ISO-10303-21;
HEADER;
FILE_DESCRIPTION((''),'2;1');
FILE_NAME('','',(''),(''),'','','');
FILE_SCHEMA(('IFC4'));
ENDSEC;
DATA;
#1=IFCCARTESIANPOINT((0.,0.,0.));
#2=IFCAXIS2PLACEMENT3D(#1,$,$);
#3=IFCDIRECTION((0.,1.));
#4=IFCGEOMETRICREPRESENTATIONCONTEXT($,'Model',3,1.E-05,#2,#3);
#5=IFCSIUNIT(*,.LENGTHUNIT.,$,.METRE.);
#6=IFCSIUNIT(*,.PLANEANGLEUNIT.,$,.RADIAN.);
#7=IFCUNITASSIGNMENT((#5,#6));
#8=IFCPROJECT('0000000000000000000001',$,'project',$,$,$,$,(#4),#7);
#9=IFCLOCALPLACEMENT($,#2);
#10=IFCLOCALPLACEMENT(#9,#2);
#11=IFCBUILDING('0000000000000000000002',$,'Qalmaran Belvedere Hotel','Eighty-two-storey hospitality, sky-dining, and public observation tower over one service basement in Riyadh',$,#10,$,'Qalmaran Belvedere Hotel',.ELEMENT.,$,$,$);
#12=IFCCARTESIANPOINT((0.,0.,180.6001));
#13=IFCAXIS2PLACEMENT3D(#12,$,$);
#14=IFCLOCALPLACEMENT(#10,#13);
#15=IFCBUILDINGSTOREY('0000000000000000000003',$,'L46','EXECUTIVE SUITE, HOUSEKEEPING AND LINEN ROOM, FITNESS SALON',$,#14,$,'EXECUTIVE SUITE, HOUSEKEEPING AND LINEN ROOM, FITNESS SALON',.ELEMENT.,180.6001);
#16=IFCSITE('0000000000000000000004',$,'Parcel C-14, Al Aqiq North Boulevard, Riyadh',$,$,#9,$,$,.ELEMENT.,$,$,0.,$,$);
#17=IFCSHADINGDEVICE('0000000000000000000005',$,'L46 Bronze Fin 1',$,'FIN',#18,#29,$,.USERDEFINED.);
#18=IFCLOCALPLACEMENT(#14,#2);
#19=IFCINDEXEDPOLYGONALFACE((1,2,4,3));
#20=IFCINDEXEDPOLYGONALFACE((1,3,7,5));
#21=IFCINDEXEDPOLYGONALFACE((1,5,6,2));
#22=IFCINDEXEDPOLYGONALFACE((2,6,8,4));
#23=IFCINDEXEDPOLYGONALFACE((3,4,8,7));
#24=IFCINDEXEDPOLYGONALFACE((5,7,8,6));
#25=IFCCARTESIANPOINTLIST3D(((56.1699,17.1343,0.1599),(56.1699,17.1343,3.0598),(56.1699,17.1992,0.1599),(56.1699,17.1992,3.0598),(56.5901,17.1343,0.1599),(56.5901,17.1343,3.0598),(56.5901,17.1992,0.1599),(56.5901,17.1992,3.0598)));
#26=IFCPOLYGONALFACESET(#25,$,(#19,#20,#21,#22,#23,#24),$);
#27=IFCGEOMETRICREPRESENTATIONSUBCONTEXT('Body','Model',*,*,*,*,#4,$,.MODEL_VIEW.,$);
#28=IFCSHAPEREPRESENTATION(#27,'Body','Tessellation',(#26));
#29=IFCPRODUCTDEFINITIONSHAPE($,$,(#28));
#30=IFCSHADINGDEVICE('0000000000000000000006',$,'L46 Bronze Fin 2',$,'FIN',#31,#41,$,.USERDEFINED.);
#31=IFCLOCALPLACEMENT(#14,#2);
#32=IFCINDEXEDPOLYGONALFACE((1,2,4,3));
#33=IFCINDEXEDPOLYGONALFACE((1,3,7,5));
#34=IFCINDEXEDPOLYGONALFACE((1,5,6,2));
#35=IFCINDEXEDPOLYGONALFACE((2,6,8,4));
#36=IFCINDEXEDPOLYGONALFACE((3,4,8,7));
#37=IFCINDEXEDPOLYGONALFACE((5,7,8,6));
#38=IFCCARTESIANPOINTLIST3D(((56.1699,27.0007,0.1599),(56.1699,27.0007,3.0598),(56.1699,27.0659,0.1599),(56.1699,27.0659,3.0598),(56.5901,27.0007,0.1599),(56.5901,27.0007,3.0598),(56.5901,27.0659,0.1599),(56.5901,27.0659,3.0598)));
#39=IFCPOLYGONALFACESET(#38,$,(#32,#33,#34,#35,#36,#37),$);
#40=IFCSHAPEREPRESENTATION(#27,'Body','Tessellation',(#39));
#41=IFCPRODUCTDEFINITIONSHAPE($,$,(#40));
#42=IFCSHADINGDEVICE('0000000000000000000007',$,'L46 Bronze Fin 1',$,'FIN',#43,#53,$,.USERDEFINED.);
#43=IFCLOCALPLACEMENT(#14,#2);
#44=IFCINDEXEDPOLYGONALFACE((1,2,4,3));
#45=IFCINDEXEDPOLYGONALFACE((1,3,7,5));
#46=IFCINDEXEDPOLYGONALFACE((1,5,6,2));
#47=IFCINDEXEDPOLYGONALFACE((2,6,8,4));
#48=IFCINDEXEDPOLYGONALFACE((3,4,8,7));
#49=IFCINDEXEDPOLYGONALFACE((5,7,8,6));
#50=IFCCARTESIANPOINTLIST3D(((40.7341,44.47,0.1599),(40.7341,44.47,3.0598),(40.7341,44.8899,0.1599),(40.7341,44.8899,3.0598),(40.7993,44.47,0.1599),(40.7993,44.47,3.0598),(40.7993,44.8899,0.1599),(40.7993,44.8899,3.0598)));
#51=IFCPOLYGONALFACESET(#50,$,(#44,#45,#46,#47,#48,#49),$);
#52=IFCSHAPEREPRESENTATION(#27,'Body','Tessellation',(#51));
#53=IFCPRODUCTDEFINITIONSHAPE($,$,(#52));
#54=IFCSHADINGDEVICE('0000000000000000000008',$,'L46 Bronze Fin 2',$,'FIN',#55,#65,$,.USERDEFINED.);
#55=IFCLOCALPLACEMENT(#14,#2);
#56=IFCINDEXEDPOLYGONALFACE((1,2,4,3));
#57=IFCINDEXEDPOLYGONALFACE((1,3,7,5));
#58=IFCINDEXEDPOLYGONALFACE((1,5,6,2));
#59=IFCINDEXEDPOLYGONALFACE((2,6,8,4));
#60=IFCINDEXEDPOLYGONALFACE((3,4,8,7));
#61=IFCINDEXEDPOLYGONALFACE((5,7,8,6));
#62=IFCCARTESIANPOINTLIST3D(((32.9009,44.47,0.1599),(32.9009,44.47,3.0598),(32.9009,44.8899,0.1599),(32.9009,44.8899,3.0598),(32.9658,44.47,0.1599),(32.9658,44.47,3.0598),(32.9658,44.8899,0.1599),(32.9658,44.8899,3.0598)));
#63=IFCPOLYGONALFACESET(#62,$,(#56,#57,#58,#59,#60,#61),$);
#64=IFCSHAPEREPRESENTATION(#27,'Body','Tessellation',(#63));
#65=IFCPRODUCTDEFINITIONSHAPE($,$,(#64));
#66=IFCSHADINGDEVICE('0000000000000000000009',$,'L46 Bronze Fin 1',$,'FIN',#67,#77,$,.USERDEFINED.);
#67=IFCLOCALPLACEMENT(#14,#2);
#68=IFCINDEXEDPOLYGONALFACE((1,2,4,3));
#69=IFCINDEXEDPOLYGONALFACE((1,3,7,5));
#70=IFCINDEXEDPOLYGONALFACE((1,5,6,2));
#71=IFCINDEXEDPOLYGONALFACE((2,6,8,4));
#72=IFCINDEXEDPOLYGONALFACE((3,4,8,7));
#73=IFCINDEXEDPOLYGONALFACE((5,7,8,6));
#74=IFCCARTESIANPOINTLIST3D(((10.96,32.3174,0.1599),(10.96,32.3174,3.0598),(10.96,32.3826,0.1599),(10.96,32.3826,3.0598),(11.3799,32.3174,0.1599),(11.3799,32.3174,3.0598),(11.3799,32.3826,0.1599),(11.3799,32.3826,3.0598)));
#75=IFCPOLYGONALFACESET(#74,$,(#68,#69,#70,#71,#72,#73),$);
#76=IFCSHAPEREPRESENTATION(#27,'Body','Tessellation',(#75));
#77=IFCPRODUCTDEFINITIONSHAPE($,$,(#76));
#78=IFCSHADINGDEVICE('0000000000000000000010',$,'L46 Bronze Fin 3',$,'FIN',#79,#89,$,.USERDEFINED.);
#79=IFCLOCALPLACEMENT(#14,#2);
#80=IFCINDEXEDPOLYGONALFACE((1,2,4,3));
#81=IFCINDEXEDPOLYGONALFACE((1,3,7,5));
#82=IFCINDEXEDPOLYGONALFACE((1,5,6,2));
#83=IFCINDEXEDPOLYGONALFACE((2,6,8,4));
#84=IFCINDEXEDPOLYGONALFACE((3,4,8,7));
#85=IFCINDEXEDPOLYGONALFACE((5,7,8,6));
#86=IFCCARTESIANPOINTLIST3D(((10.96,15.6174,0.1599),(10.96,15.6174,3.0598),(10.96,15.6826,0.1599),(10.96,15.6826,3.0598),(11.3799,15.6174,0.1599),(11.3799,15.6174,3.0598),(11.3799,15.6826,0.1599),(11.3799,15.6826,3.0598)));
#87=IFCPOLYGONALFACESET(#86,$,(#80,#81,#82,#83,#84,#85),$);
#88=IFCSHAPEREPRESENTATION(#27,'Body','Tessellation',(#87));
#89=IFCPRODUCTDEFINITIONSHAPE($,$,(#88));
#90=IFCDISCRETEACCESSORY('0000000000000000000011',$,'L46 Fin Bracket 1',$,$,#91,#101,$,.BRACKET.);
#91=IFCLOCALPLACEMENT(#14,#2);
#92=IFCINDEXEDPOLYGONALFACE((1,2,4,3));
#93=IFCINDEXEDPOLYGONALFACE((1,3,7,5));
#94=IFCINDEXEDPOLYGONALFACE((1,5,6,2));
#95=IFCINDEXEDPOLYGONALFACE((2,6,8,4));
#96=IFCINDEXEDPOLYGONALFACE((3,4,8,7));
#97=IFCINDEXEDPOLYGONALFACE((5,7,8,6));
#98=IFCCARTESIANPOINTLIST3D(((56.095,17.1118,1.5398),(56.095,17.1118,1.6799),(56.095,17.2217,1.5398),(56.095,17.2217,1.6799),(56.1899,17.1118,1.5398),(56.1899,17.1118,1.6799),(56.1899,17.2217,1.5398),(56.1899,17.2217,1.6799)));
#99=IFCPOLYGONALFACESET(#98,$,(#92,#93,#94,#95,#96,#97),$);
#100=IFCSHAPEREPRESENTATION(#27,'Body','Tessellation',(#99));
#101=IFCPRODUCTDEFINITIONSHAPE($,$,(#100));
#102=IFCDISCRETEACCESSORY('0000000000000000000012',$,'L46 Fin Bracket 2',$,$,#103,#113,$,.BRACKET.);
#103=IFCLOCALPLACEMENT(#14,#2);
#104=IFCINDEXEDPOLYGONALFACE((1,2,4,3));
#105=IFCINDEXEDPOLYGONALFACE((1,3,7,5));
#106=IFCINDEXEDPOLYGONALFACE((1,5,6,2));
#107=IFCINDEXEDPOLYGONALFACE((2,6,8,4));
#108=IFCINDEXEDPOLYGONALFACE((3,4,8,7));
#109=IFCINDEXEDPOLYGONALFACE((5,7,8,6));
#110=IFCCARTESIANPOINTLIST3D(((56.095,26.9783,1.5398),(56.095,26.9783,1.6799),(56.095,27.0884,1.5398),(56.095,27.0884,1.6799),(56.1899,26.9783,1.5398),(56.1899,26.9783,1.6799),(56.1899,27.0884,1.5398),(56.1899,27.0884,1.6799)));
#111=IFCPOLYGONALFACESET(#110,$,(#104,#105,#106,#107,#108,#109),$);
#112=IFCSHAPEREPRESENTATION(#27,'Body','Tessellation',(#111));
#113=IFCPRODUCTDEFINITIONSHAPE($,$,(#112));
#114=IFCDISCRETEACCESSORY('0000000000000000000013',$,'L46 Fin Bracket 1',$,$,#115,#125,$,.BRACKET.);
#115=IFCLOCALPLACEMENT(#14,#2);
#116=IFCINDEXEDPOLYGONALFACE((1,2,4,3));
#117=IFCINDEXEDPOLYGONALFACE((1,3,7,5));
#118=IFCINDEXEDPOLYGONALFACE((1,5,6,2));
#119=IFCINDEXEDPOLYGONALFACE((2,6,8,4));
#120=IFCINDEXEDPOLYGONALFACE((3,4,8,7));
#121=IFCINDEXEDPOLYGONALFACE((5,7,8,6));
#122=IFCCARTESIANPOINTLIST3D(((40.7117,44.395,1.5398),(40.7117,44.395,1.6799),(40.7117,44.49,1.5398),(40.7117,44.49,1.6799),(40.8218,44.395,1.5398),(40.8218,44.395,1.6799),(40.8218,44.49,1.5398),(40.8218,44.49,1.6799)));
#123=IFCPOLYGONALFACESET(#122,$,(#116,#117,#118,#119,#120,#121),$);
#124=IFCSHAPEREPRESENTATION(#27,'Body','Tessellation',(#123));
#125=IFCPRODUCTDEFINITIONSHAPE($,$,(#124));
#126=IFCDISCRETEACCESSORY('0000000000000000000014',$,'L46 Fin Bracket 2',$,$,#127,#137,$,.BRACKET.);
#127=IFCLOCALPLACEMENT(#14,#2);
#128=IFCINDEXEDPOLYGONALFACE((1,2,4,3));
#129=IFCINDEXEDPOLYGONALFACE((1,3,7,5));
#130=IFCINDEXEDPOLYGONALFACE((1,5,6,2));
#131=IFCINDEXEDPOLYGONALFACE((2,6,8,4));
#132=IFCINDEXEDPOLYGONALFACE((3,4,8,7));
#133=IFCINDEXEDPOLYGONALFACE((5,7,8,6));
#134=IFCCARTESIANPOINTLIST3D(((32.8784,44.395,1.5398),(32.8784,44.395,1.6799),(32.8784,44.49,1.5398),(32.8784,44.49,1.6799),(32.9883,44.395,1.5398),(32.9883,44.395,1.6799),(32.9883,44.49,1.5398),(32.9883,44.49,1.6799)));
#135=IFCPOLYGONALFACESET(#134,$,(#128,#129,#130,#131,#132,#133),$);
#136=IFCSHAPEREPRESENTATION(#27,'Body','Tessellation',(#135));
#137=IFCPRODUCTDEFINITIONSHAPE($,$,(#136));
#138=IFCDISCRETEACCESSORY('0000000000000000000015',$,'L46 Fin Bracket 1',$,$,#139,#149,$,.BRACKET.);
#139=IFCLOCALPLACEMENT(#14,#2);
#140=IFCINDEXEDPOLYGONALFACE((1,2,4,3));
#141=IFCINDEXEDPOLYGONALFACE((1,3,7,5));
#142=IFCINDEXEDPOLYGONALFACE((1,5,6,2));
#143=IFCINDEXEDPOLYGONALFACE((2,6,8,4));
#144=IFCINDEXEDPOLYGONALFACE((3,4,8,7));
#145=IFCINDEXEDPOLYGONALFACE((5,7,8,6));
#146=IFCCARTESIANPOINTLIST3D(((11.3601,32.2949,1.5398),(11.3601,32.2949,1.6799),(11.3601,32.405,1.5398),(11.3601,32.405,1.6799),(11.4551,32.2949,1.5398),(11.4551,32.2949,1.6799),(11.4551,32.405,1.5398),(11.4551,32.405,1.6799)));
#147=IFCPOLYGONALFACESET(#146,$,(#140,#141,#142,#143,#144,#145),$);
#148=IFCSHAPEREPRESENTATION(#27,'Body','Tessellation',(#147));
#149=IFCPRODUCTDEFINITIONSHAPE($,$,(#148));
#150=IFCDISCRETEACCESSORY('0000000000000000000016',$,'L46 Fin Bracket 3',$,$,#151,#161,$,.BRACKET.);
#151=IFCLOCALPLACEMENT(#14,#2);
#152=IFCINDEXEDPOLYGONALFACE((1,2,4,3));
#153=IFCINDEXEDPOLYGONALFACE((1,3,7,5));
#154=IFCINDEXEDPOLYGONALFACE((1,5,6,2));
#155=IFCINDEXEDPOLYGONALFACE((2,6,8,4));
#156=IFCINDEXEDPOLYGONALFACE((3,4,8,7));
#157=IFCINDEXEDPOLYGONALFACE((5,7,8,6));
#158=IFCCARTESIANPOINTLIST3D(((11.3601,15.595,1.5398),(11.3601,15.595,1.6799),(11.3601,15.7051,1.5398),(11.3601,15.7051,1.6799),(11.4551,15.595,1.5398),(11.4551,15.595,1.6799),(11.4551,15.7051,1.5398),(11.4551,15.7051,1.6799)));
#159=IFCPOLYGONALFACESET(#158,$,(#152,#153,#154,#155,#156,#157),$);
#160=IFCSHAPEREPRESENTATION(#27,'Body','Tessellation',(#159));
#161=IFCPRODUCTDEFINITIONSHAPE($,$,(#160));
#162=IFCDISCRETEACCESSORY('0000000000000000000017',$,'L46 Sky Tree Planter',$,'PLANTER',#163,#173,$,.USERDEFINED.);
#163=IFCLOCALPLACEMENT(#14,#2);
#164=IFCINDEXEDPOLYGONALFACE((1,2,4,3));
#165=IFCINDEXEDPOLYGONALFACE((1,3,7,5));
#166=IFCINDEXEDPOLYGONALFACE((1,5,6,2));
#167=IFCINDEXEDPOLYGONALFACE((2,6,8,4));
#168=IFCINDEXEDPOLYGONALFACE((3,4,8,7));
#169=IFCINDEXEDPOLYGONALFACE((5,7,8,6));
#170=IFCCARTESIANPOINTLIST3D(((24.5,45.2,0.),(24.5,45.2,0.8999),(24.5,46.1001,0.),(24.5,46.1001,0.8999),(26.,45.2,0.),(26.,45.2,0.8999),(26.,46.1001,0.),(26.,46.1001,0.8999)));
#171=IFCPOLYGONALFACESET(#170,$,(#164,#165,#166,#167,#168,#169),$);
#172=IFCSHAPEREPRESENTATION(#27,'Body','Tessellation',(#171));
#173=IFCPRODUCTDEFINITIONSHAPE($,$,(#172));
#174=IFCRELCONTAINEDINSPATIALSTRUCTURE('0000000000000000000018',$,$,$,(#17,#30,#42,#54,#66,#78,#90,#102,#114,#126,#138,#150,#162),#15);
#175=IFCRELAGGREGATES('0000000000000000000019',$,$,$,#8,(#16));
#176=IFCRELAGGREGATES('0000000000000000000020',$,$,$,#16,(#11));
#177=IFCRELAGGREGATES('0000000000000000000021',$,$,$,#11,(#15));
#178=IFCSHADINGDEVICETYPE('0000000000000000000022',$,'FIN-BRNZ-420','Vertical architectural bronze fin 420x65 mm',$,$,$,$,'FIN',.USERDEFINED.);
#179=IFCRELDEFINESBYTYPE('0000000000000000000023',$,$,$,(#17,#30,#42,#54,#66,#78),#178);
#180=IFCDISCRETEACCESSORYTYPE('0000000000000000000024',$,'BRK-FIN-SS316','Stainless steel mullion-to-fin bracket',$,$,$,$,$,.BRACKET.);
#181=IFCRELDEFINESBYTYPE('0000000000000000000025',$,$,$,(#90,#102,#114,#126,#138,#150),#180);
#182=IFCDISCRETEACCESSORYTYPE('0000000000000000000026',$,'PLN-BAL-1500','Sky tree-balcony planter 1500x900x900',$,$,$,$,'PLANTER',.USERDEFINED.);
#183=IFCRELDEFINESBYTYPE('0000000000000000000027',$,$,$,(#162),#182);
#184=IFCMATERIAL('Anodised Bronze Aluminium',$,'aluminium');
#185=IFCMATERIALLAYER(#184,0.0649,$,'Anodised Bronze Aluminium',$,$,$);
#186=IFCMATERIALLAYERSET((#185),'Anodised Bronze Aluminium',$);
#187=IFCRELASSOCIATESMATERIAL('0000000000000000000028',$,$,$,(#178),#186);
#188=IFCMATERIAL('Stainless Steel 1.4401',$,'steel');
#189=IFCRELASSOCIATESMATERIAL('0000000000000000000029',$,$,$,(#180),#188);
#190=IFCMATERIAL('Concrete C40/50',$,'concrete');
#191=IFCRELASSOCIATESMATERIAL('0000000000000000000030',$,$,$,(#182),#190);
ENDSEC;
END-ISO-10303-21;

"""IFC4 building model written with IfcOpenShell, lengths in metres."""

from ifc_helpers import new_model, si_unit, direction, frame, origin, place, context, subcontext, project, spatial, polyline, outline, extrude, material, layer, layer_set, type_object, element, save


model = new_model("IFC4")

# Units and contexts
model_context = context("Model", 3, precision=1e-05, world=origin(), true_north=direction((0.0, 1.0)))
body_context = subcontext(model_context, "Body", "Model", "MODEL_VIEW")
ifc_project = project(units=[si_unit("LENGTHUNIT", "METRE"), si_unit("PLANEANGLEUNIT", "RADIAN")], contexts=[model_context])

# Site, building, storey
site_placement = place(None, origin())
site = spatial("IfcSite", under=ifc_project, at=site_placement, Name="Parcel C-14, Al Aqiq North Boulevard, Riyadh", CompositionType="ELEMENT", RefElevation=0.0)
building_placement = place(site_placement, origin())
building = spatial("IfcBuilding", under=site, at=building_placement, Name="Qalmaran Belvedere Hotel", Description="Eighty-two-storey hospitality, sky-dining, and public observation tower over one service basement in Riyadh", LongName="Qalmaran Belvedere Hotel", CompositionType="ELEMENT")
storey_placement = place(building_placement, frame((0.0, 0.0, 180.6001)))
storey = spatial("IfcBuildingStorey", under=building, at=storey_placement, Name="L46", Description="EXECUTIVE SUITE, HOUSEKEEPING AND LINEN ROOM, FITNESS SALON", LongName="EXECUTIVE SUITE, HOUSEKEEPING AND LINEN ROOM, FITNESS SALON", CompositionType="ELEMENT", Elevation=180.6001)

# Shared definitions
ifc_material_1 = material(Name="Anodised Bronze Aluminium", Category="aluminium")

# Shared definitions
ifc_material_2 = material(Name="Concrete C40/50", Category="concrete")

# Shading devices
ifc_layer_1 = layer(ifc_material_1, 0.0649, Name="Anodised Bronze Aluminium")
ifc_layer_set_1 = layer_set([ifc_layer_1], Name="Anodised Bronze Aluminium")
shading_device_type = type_object("IfcShadingDeviceType", Name="FIN-BRNZ-420", Description="Vertical architectural bronze fin 420x65 mm", ElementType="FIN", PredefinedType="USERDEFINED", material=ifc_layer_set_1)
shading_device_1_placement = place(storey_placement, frame((0.0, 0.0, 0.1599)))
element("IfcShadingDevice", 1, at=shading_device_1_placement, inside=storey, type_object=shading_device_type, Name="L46 Bronze Fin 1", ObjectType="FIN", PredefinedType="USERDEFINED", context=body_context, shape_type="SweptSolid", body=[
    extrude(outline(polyline([(56.1699, 17.1343), (56.5901, 17.1343), (56.5901, 17.1992), (56.1699, 17.1992), (56.1699, 17.1343)])), origin(), (0.0, 0.0, 1.0), 2.8999),
])
shading_device_2_placement = place(storey_placement, frame((0.0, 0.0, 0.1599)))
element("IfcShadingDevice", 2, at=shading_device_2_placement, inside=storey, type_object=shading_device_type, Name="L46 Bronze Fin 2", ObjectType="FIN", PredefinedType="USERDEFINED", context=body_context, shape_type="SweptSolid", body=[
    extrude(outline(polyline([(56.1699, 27.0007), (56.5901, 27.0007), (56.5901, 27.0659), (56.1699, 27.0659), (56.1699, 27.0007)])), origin(), (0.0, 0.0, 1.0), 2.8999),
])
shading_device_3_placement = place(storey_placement, frame((0.0, 0.0, 0.1599)))
element("IfcShadingDevice", 3, at=shading_device_3_placement, inside=storey, type_object=shading_device_type, Name="L46 Bronze Fin 1", ObjectType="FIN", PredefinedType="USERDEFINED", context=body_context, shape_type="SweptSolid", body=[
    extrude(outline(polyline([(40.7993, 44.47), (40.7993, 44.8899), (40.7341, 44.8899), (40.7341, 44.47), (40.7993, 44.47)])), origin(), (0.0, 0.0, 1.0), 2.8999),
])
shading_device_4_placement = place(storey_placement, frame((0.0, 0.0, 0.1599)))
element("IfcShadingDevice", 4, at=shading_device_4_placement, inside=storey, type_object=shading_device_type, Name="L46 Bronze Fin 2", ObjectType="FIN", PredefinedType="USERDEFINED", context=body_context, shape_type="SweptSolid", body=[
    extrude(outline(polyline([(32.9658, 44.47), (32.9658, 44.8899), (32.9009, 44.8899), (32.9009, 44.47), (32.9658, 44.47)])), origin(), (0.0, 0.0, 1.0), 2.8999),
])
shading_device_5_placement = place(storey_placement, frame((0.0, 0.0, 0.1599)))
element("IfcShadingDevice", 5, at=shading_device_5_placement, inside=storey, type_object=shading_device_type, Name="L46 Bronze Fin 1", ObjectType="FIN", PredefinedType="USERDEFINED", context=body_context, shape_type="SweptSolid", body=[
    extrude(outline(polyline([(11.3799, 32.3826), (10.96, 32.3826), (10.96, 32.3174), (11.3799, 32.3174), (11.3799, 32.3826)])), origin(), (0.0, 0.0, 1.0), 2.8999),
])
shading_device_6_placement = place(storey_placement, frame((0.0, 0.0, 0.1599)))
element("IfcShadingDevice", 6, at=shading_device_6_placement, inside=storey, type_object=shading_device_type, Name="L46 Bronze Fin 3", ObjectType="FIN", PredefinedType="USERDEFINED", context=body_context, shape_type="SweptSolid", body=[
    extrude(outline(polyline([(11.3799, 15.6826), (10.96, 15.6826), (10.96, 15.6174), (11.3799, 15.6174), (11.3799, 15.6826)])), origin(), (0.0, 0.0, 1.0), 2.8999),
])

# Discrete accessories
ifc_material_3 = material(Name="Stainless Steel 1.4401", Category="steel")
discrete_accessory_type_1 = type_object("IfcDiscreteAccessoryType", Name="BRK-FIN-SS316", Description="Stainless steel mullion-to-fin bracket", PredefinedType="BRACKET", material=ifc_material_3)
discrete_accessory_1_placement = place(storey_placement, frame((0.0, 0.0, 1.5398)))
element("IfcDiscreteAccessory", 7, at=discrete_accessory_1_placement, inside=storey, type_object=discrete_accessory_type_1, Name="L46 Fin Bracket 1", PredefinedType="BRACKET", context=body_context, shape_type="SweptSolid", body=[
    extrude(outline(polyline([(56.095, 17.1118), (56.1899, 17.1118), (56.1899, 17.2217), (56.095, 17.2217), (56.095, 17.1118)])), origin(), (0.0, 0.0, 1.0), 0.1401),
])
discrete_accessory_2_placement = place(storey_placement, frame((0.0, 0.0, 1.5398)))
element("IfcDiscreteAccessory", 8, at=discrete_accessory_2_placement, inside=storey, type_object=discrete_accessory_type_1, Name="L46 Fin Bracket 2", PredefinedType="BRACKET", context=body_context, shape_type="SweptSolid", body=[
    extrude(outline(polyline([(56.095, 26.9783), (56.1899, 26.9783), (56.1899, 27.0884), (56.095, 27.0884), (56.095, 26.9783)])), origin(), (0.0, 0.0, 1.0), 0.1401),
])
discrete_accessory_3_placement = place(storey_placement, frame((0.0, 0.0, 1.5398)))
element("IfcDiscreteAccessory", 9, at=discrete_accessory_3_placement, inside=storey, type_object=discrete_accessory_type_1, Name="L46 Fin Bracket 1", PredefinedType="BRACKET", context=body_context, shape_type="SweptSolid", body=[
    extrude(outline(polyline([(40.8218, 44.395), (40.8218, 44.49), (40.7117, 44.49), (40.7117, 44.395), (40.8218, 44.395)])), origin(), (0.0, 0.0, 1.0), 0.1401),
])
discrete_accessory_4_placement = place(storey_placement, frame((0.0, 0.0, 1.5398)))
element("IfcDiscreteAccessory", 10, at=discrete_accessory_4_placement, inside=storey, type_object=discrete_accessory_type_1, Name="L46 Fin Bracket 2", PredefinedType="BRACKET", context=body_context, shape_type="SweptSolid", body=[
    extrude(outline(polyline([(32.9883, 44.395), (32.9883, 44.49), (32.8784, 44.49), (32.8784, 44.395), (32.9883, 44.395)])), origin(), (0.0, 0.0, 1.0), 0.1401),
])
discrete_accessory_5_placement = place(storey_placement, frame((0.0, 0.0, 1.5398)))
element("IfcDiscreteAccessory", 11, at=discrete_accessory_5_placement, inside=storey, type_object=discrete_accessory_type_1, Name="L46 Fin Bracket 1", PredefinedType="BRACKET", context=body_context, shape_type="SweptSolid", body=[
    extrude(outline(polyline([(11.4551, 32.405), (11.3601, 32.405), (11.3601, 32.2949), (11.4551, 32.2949), (11.4551, 32.405)])), origin(), (0.0, 0.0, 1.0), 0.1401),
])
discrete_accessory_6_placement = place(storey_placement, frame((0.0, 0.0, 1.5398)))
element("IfcDiscreteAccessory", 12, at=discrete_accessory_6_placement, inside=storey, type_object=discrete_accessory_type_1, Name="L46 Fin Bracket 3", PredefinedType="BRACKET", context=body_context, shape_type="SweptSolid", body=[
    extrude(outline(polyline([(11.4551, 15.7051), (11.3601, 15.7051), (11.3601, 15.595), (11.4551, 15.595), (11.4551, 15.7051)])), origin(), (0.0, 0.0, 1.0), 0.1401),
])
discrete_accessory_type_2 = type_object("IfcDiscreteAccessoryType", Name="PLN-BAL-1500", Description="Sky tree-balcony planter 1500x900x900", ElementType="PLANTER", PredefinedType="USERDEFINED", material=ifc_material_2)
discrete_accessory_7_placement = place(storey_placement, origin())
element("IfcDiscreteAccessory", 13, at=discrete_accessory_7_placement, inside=storey, type_object=discrete_accessory_type_2, Name="L46 Sky Tree Planter", ObjectType="PLANTER", PredefinedType="USERDEFINED", context=body_context, shape_type="SweptSolid", body=[
    extrude(outline(polyline([(24.5, 45.2), (26.0, 45.2), (26.0, 46.1001), (24.5, 46.1001), (24.5, 45.2)])), origin(), (0.0, 0.0, 1.0), 0.8999),
])

save(model, "model.ifc")
